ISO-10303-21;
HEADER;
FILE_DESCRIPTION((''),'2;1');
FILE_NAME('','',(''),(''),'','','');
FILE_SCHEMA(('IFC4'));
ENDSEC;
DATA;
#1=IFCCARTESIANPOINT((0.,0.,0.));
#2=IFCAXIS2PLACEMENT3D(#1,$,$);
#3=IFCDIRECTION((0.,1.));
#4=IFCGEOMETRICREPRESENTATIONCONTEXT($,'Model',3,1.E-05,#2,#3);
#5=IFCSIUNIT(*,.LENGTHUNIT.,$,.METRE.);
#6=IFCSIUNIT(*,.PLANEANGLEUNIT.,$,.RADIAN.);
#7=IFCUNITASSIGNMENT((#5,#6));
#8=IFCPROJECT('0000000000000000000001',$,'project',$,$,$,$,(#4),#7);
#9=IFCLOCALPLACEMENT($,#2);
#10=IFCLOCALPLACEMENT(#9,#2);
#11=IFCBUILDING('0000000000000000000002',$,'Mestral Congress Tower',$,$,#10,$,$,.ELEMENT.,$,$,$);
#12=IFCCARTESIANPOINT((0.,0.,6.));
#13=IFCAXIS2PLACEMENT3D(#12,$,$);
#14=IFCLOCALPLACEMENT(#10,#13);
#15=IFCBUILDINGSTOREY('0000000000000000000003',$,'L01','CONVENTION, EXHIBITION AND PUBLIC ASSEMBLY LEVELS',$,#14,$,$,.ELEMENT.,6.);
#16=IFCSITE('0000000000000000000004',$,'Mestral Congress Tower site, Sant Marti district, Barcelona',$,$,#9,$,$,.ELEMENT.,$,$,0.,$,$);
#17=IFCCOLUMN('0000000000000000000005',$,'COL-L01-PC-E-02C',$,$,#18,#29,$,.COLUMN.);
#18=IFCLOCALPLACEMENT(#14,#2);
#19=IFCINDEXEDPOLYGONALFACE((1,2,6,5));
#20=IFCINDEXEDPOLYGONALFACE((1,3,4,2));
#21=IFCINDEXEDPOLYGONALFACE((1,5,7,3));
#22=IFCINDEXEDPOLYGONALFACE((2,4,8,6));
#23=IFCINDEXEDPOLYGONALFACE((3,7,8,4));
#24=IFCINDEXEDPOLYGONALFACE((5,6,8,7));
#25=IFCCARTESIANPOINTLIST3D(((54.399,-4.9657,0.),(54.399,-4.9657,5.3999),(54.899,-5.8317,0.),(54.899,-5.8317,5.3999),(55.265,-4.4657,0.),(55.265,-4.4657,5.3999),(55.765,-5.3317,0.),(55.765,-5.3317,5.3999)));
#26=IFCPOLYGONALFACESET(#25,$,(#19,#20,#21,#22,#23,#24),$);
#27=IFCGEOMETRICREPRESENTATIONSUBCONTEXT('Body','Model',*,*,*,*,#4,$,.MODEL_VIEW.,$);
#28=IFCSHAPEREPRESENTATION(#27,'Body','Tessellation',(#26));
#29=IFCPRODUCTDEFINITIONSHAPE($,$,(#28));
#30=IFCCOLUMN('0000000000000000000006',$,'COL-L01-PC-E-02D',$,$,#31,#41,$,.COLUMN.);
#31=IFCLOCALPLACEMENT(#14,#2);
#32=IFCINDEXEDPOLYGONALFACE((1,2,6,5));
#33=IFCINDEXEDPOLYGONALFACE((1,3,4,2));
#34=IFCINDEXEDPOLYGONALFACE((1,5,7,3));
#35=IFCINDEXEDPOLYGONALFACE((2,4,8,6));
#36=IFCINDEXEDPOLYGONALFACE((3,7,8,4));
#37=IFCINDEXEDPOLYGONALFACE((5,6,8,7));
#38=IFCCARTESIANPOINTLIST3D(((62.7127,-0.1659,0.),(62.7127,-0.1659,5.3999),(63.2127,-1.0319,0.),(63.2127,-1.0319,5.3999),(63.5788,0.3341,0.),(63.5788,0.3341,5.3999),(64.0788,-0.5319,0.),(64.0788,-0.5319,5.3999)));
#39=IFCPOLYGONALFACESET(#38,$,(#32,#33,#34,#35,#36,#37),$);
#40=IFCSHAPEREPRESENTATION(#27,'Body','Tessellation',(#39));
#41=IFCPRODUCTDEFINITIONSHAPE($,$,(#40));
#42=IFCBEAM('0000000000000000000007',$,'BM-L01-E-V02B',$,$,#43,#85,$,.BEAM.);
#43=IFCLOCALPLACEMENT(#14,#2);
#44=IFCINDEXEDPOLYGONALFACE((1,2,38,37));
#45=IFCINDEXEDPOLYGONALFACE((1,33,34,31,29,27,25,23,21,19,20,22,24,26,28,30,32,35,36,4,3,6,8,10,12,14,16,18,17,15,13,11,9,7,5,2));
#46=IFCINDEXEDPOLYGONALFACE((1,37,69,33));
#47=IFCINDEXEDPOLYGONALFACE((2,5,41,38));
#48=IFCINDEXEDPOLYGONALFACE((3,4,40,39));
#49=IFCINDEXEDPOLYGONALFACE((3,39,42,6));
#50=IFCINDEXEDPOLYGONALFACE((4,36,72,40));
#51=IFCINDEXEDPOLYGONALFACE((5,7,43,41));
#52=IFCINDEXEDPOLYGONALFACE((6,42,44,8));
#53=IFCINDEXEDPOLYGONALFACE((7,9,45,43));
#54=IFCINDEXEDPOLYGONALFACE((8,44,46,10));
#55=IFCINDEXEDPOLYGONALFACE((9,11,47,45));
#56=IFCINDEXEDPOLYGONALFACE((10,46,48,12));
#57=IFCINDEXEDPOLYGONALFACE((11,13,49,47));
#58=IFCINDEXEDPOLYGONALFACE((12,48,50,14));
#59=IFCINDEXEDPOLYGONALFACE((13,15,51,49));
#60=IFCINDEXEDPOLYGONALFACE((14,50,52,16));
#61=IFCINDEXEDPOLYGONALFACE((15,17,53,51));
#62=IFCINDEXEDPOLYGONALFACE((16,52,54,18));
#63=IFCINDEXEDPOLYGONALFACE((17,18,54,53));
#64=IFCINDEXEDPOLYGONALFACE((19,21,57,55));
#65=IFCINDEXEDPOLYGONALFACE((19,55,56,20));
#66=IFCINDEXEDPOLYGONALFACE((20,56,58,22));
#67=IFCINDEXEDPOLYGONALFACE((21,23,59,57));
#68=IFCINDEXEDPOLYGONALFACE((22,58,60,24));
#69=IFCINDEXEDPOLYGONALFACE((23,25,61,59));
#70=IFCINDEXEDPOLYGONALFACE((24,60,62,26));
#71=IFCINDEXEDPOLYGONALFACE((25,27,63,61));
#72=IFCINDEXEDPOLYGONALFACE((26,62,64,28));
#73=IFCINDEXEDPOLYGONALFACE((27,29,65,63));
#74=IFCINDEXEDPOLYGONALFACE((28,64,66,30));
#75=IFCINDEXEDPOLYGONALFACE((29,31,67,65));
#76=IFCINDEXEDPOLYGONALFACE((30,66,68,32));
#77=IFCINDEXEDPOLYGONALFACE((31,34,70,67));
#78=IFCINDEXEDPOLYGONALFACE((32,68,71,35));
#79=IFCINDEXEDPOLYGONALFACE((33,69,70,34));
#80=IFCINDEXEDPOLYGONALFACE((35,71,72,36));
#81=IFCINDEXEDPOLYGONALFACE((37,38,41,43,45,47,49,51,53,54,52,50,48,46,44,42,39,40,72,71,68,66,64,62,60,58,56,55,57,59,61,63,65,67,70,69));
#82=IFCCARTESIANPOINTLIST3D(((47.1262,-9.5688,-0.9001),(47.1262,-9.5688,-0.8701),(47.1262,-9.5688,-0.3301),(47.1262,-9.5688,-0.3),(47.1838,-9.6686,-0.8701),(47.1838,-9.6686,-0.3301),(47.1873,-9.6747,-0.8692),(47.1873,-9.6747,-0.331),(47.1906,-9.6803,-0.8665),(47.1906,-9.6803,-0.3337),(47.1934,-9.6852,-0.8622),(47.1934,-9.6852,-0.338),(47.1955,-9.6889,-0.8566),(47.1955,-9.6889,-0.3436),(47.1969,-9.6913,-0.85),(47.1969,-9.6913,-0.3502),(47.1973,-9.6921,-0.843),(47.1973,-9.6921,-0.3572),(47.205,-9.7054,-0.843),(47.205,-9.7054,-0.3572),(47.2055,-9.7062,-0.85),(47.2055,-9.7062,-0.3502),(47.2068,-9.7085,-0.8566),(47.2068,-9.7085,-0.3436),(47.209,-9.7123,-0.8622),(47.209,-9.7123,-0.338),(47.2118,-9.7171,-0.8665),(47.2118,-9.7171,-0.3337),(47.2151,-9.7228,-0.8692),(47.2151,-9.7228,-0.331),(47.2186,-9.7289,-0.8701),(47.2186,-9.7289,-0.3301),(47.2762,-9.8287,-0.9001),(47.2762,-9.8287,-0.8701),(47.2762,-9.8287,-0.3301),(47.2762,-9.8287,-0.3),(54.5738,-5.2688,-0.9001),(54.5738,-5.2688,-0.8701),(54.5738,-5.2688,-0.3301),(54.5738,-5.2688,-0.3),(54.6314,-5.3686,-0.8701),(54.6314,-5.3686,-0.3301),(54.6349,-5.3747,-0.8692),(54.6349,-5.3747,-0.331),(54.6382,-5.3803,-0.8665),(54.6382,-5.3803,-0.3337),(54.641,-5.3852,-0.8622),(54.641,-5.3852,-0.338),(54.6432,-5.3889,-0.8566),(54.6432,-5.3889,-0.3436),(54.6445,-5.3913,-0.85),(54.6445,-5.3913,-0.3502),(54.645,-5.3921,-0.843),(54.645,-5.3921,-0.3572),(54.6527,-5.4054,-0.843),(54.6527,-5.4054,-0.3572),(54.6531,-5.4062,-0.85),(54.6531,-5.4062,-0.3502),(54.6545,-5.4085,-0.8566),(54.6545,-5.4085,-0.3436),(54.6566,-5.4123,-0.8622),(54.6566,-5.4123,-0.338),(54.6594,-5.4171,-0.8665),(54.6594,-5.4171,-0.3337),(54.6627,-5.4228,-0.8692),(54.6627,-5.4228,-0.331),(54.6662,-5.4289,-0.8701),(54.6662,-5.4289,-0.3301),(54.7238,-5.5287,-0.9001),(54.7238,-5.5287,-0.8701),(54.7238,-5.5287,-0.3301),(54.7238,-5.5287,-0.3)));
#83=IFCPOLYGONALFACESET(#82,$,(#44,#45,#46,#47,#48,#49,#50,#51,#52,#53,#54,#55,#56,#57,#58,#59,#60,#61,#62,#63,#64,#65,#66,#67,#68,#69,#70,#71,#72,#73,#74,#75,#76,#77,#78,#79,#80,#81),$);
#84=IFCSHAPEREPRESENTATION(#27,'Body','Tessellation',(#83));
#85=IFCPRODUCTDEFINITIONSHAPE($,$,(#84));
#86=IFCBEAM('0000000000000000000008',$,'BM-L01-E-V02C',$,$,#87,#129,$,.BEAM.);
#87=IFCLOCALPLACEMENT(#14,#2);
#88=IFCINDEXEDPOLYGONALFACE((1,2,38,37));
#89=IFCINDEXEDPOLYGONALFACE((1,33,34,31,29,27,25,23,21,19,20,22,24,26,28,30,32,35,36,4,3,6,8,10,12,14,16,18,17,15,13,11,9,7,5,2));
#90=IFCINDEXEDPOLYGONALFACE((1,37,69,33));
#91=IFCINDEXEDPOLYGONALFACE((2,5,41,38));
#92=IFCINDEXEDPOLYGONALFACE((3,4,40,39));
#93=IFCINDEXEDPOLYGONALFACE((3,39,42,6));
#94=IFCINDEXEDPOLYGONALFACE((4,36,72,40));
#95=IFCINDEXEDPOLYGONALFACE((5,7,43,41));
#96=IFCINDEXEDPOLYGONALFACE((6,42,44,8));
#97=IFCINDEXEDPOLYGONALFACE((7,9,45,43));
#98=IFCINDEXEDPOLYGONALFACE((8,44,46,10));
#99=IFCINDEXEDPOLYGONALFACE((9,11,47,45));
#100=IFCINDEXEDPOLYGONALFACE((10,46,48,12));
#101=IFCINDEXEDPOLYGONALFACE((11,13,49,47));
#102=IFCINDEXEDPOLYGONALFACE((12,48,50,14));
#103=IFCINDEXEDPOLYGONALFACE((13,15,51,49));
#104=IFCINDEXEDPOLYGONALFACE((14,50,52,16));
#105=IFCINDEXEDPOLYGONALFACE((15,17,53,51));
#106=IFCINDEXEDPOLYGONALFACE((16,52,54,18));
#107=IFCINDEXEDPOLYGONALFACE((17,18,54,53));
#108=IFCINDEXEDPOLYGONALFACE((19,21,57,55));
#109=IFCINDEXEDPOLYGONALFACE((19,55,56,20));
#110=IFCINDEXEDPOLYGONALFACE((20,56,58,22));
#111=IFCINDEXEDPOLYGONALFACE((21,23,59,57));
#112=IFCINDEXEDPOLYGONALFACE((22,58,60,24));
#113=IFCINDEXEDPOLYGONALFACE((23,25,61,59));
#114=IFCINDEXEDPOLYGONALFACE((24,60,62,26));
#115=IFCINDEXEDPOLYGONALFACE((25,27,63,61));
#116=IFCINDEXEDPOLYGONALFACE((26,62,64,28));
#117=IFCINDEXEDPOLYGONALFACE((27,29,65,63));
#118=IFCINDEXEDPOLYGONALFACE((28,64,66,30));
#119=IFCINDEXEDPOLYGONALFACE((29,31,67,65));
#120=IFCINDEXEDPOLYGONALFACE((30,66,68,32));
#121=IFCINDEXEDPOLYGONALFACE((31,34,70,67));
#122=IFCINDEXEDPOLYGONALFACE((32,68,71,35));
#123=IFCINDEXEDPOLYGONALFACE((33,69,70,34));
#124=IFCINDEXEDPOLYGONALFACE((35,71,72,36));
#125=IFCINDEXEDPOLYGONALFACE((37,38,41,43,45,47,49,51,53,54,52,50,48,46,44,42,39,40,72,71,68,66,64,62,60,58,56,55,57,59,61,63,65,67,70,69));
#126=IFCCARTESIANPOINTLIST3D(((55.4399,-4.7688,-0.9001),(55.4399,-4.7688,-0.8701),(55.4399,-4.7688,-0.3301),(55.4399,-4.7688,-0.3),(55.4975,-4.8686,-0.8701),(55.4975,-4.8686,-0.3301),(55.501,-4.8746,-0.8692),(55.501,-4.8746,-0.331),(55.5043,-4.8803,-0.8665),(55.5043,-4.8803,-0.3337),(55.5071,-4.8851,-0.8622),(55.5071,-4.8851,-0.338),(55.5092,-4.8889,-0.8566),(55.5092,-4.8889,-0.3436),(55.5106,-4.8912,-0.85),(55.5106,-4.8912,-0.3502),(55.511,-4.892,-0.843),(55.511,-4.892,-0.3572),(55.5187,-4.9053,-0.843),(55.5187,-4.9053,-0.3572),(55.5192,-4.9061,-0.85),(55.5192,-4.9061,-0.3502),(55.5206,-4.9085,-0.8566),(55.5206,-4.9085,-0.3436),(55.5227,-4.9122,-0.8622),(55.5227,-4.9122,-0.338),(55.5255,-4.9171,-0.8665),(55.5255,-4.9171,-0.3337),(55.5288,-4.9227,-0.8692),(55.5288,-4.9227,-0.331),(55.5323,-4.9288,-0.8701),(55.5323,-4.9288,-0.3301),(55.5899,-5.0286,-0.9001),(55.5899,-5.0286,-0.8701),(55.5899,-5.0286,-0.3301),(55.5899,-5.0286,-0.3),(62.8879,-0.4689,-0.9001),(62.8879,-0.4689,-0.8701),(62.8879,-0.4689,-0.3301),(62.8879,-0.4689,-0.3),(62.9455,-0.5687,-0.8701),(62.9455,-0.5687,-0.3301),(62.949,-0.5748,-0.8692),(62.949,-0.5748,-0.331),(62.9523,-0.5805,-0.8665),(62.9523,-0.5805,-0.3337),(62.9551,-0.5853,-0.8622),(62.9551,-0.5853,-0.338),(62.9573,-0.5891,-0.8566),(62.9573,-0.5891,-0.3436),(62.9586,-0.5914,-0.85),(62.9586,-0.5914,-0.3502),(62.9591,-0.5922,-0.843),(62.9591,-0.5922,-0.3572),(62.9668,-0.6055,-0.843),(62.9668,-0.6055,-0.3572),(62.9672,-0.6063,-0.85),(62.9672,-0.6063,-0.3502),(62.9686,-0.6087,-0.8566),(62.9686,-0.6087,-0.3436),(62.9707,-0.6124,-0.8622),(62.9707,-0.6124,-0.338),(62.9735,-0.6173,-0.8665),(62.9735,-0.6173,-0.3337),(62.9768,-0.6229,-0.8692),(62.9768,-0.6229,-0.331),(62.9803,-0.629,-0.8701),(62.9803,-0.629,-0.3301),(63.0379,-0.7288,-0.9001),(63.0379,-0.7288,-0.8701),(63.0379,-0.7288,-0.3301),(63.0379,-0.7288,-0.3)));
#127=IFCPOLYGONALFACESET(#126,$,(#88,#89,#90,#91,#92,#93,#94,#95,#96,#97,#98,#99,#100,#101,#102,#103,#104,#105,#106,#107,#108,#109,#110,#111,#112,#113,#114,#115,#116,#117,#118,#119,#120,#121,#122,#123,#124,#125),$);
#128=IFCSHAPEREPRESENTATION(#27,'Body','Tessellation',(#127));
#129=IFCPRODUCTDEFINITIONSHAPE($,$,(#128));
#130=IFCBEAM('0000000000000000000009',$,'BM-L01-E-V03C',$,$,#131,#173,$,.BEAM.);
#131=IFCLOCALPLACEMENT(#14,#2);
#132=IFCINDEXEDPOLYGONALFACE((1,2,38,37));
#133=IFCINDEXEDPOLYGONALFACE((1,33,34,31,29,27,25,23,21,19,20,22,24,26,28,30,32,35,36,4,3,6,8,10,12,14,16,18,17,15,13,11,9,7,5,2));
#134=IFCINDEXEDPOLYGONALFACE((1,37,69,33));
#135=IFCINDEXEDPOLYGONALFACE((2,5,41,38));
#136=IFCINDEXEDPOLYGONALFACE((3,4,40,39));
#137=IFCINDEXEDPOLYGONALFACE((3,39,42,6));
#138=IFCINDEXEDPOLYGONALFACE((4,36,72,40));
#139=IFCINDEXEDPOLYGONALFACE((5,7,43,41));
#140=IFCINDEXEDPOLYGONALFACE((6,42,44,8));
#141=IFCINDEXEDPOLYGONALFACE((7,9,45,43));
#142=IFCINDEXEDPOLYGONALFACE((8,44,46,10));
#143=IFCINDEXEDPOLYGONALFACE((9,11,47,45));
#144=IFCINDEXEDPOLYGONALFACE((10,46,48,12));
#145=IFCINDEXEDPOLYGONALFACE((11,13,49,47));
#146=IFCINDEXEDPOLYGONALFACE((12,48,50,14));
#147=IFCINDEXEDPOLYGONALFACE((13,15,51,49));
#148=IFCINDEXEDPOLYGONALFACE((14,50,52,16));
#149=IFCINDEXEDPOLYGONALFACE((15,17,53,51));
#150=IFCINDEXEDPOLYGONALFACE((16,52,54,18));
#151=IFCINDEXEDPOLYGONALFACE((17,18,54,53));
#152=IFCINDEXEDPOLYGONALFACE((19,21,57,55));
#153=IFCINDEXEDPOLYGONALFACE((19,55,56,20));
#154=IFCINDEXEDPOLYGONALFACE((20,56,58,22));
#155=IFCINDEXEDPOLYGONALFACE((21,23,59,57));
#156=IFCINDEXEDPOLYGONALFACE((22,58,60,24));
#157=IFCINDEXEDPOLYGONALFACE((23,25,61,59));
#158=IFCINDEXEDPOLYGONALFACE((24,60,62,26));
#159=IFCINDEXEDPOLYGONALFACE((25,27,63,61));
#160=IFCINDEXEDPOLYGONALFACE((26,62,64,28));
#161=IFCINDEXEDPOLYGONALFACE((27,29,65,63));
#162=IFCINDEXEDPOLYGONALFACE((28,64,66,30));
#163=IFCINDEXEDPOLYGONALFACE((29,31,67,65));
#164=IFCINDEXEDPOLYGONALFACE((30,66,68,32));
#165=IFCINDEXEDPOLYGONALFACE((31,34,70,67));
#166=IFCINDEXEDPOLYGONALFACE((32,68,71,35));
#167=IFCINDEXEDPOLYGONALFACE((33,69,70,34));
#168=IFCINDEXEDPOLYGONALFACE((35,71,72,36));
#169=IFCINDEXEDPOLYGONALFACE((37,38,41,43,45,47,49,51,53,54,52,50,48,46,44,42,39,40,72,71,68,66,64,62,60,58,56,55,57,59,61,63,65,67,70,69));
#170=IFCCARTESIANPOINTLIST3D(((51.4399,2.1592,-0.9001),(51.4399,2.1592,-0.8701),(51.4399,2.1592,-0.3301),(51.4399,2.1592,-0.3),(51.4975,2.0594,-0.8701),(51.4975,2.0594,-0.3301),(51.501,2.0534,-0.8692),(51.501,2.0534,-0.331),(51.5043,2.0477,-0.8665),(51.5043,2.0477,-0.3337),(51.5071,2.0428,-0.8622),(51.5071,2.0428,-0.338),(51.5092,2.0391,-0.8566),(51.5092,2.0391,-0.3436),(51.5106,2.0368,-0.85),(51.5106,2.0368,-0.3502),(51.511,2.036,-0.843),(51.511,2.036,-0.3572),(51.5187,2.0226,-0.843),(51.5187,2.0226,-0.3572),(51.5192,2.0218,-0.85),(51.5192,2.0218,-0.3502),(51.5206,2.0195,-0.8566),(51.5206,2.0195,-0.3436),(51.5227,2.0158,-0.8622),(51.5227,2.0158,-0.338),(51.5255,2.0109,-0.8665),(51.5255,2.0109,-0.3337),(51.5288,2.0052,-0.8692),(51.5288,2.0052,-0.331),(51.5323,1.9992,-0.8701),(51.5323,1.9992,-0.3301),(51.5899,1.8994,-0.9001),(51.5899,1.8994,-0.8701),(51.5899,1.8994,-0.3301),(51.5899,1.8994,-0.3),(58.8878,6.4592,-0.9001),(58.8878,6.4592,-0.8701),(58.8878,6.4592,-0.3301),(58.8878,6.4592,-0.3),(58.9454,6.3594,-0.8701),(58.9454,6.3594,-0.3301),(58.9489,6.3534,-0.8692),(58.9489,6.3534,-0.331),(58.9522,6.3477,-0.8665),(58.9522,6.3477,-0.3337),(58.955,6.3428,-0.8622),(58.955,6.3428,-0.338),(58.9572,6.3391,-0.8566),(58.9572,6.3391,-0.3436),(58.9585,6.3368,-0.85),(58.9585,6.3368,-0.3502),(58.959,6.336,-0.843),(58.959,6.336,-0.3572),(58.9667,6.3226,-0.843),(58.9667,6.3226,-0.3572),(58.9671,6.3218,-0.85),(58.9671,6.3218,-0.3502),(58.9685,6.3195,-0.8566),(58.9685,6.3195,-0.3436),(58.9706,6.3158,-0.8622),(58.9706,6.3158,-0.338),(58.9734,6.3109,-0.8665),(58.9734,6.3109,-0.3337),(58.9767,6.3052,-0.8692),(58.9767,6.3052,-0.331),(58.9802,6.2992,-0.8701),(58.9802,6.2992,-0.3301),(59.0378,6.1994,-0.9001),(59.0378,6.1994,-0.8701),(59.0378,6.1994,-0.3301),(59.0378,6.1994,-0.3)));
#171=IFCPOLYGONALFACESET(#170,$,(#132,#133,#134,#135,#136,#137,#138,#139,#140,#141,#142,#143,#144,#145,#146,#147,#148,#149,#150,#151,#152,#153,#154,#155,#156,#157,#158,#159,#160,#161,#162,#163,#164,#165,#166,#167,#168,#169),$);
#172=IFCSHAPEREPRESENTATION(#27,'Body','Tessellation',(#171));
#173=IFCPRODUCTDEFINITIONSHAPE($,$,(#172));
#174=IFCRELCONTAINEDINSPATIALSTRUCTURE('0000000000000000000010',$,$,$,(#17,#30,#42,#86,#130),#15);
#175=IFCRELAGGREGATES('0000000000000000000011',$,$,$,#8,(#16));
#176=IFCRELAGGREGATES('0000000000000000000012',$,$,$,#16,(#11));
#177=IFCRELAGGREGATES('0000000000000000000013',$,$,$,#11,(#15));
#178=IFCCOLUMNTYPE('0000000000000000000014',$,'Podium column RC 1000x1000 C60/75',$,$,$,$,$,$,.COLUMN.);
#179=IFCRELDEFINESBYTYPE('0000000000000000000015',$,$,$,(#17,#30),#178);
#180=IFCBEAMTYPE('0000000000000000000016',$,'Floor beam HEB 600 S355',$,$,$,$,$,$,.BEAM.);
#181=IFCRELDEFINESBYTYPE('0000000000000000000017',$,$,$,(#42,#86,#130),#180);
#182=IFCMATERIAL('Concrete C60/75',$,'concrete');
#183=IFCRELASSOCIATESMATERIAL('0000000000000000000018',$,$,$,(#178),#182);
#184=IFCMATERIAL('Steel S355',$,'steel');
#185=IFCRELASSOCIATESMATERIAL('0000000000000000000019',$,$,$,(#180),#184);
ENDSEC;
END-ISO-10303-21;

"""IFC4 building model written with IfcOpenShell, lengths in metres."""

from ifc_helpers import new_model, si_unit, direction, frame, origin, origin_2d, place, context, subcontext, project, spatial, rectangle, i_section, extrude, material, material_profile, profile_set, type_object, element, save


model = new_model("IFC4")

# Units and contexts
model_context = context("Model", 3, precision=1e-05, world=origin(), true_north=direction((0.0, 1.0)))
body_context = subcontext(model_context, "Body", "Model", "MODEL_VIEW")
ifc_project = project(units=[si_unit("LENGTHUNIT", "METRE"), si_unit("PLANEANGLEUNIT", "RADIAN")], contexts=[model_context])

# Site, building, storey
site_placement = place(None, origin())
site = spatial("IfcSite", under=ifc_project, at=site_placement, Name="Mestral Congress Tower site, Sant Marti district, Barcelona", CompositionType="ELEMENT", RefElevation=0.0)
building_placement = place(site_placement, origin())
building = spatial("IfcBuilding", under=site, at=building_placement, Name="Mestral Congress Tower", CompositionType="ELEMENT")
storey_placement = place(building_placement, frame((0.0, 0.0, 6.0)))
storey = spatial("IfcBuildingStorey", under=building, at=storey_placement, Name="L01", Description="CONVENTION, EXHIBITION AND PUBLIC ASSEMBLY LEVELS", CompositionType="ELEMENT", Elevation=6.0)

# Columns
ifc_material_1 = material(Name="Concrete C60/75", Category="concrete")
ifc_material_profile_1 = material_profile(ifc_material_1, rectangle(XDim=1.0, YDim=1.0, at=origin_2d()), Name="RC 1000x1000")
ifc_profile_set_1 = profile_set([ifc_material_profile_1], Name="Concrete C60/75")
column_type = type_object("IfcColumnType", Name="Podium column RC 1000x1000 C60/75", PredefinedType="COLUMN", material=ifc_profile_set_1)
for number, where, z_axis, x_axis, name in (
    (1, (55.082, -5.1487, 0.0), (0.0, 0.0, 1.0), (-0.5, 0.866025, 0.0), "COL-L01-PC-E-02C"),
    (2, (63.3958, -0.3489, 0.0), (0.0, 0.0, 1.0), (-0.5, 0.866025, 0.0), "COL-L01-PC-E-02D"),
):
    element("IfcColumn", number, at=place(storey_placement, frame(where, z_axis=z_axis, x_axis=x_axis)), inside=storey, type_object=column_type, Name=name, PredefinedType="COLUMN", context=body_context, shape_type="SweptSolid", body=[
        extrude(rectangle(XDim=1.0, YDim=1.0, at=origin_2d()), origin(), (0.0, 0.0, 1.0), 5.3999),
    ])

# Beams
ifc_material_2 = material(Name="Steel S355", Category="steel")
ifc_material_profile_2 = material_profile(ifc_material_2, i_section(OverallWidth=0.3, OverallDepth=0.6001, WebThickness=0.0154, FlangeThickness=0.03, FilletRadius=0.0271, at=origin_2d()), Name="HEB 600")
ifc_profile_set_2 = profile_set([ifc_material_profile_2], Name="Steel S355")
beam_type_1 = type_object("IfcBeamType", Name="Floor beam HEB 600 S355", PredefinedType="BEAM", material=ifc_profile_set_2)
beam_1_placement = place(storey_placement, frame((47.2012, -9.6987, -0.6001), z_axis=(0.866021, 0.500008, 0.0), x_axis=(-0.500008, 0.866021, 0.0)))
element("IfcBeam", 3, at=beam_1_placement, inside=storey, type_object=beam_type_1, Name="BM-L01-E-V02B", PredefinedType="BEAM", context=body_context, shape_type="SweptSolid", body=[
    extrude(i_section(OverallWidth=0.3, OverallDepth=0.6001, WebThickness=0.0154, FlangeThickness=0.03, FilletRadius=0.0271, at=origin_2d()), origin(), (0.0, 0.0, 1.0), 8.5999),
])
for number, where, z_axis, x_axis, name in (
    (4, (55.5149, -4.8987, -0.6001), (0.86604, 0.499974, 0.0), (-0.499974, 0.86604, 0.0), "BM-L01-E-V02C"),
    (5, (51.5149, 2.0293, -0.6001), (0.866028, 0.499995, 0.0), (-0.499995, 0.866028, 0.0), "BM-L01-E-V03C"),
):
    element("IfcBeam", number, at=place(storey_placement, frame(where, z_axis=z_axis, x_axis=x_axis)), inside=storey, type_object=beam_type_1, Name=name, PredefinedType="BEAM", context=body_context, shape_type="SweptSolid", body=[
        extrude(i_section(OverallWidth=0.3, OverallDepth=0.6001, WebThickness=0.0154, FlangeThickness=0.03, FilletRadius=0.0271, at=origin_2d()), origin(), (0.0, 0.0, 1.0), 8.6001),
    ])

save(model, "model.ifc")
